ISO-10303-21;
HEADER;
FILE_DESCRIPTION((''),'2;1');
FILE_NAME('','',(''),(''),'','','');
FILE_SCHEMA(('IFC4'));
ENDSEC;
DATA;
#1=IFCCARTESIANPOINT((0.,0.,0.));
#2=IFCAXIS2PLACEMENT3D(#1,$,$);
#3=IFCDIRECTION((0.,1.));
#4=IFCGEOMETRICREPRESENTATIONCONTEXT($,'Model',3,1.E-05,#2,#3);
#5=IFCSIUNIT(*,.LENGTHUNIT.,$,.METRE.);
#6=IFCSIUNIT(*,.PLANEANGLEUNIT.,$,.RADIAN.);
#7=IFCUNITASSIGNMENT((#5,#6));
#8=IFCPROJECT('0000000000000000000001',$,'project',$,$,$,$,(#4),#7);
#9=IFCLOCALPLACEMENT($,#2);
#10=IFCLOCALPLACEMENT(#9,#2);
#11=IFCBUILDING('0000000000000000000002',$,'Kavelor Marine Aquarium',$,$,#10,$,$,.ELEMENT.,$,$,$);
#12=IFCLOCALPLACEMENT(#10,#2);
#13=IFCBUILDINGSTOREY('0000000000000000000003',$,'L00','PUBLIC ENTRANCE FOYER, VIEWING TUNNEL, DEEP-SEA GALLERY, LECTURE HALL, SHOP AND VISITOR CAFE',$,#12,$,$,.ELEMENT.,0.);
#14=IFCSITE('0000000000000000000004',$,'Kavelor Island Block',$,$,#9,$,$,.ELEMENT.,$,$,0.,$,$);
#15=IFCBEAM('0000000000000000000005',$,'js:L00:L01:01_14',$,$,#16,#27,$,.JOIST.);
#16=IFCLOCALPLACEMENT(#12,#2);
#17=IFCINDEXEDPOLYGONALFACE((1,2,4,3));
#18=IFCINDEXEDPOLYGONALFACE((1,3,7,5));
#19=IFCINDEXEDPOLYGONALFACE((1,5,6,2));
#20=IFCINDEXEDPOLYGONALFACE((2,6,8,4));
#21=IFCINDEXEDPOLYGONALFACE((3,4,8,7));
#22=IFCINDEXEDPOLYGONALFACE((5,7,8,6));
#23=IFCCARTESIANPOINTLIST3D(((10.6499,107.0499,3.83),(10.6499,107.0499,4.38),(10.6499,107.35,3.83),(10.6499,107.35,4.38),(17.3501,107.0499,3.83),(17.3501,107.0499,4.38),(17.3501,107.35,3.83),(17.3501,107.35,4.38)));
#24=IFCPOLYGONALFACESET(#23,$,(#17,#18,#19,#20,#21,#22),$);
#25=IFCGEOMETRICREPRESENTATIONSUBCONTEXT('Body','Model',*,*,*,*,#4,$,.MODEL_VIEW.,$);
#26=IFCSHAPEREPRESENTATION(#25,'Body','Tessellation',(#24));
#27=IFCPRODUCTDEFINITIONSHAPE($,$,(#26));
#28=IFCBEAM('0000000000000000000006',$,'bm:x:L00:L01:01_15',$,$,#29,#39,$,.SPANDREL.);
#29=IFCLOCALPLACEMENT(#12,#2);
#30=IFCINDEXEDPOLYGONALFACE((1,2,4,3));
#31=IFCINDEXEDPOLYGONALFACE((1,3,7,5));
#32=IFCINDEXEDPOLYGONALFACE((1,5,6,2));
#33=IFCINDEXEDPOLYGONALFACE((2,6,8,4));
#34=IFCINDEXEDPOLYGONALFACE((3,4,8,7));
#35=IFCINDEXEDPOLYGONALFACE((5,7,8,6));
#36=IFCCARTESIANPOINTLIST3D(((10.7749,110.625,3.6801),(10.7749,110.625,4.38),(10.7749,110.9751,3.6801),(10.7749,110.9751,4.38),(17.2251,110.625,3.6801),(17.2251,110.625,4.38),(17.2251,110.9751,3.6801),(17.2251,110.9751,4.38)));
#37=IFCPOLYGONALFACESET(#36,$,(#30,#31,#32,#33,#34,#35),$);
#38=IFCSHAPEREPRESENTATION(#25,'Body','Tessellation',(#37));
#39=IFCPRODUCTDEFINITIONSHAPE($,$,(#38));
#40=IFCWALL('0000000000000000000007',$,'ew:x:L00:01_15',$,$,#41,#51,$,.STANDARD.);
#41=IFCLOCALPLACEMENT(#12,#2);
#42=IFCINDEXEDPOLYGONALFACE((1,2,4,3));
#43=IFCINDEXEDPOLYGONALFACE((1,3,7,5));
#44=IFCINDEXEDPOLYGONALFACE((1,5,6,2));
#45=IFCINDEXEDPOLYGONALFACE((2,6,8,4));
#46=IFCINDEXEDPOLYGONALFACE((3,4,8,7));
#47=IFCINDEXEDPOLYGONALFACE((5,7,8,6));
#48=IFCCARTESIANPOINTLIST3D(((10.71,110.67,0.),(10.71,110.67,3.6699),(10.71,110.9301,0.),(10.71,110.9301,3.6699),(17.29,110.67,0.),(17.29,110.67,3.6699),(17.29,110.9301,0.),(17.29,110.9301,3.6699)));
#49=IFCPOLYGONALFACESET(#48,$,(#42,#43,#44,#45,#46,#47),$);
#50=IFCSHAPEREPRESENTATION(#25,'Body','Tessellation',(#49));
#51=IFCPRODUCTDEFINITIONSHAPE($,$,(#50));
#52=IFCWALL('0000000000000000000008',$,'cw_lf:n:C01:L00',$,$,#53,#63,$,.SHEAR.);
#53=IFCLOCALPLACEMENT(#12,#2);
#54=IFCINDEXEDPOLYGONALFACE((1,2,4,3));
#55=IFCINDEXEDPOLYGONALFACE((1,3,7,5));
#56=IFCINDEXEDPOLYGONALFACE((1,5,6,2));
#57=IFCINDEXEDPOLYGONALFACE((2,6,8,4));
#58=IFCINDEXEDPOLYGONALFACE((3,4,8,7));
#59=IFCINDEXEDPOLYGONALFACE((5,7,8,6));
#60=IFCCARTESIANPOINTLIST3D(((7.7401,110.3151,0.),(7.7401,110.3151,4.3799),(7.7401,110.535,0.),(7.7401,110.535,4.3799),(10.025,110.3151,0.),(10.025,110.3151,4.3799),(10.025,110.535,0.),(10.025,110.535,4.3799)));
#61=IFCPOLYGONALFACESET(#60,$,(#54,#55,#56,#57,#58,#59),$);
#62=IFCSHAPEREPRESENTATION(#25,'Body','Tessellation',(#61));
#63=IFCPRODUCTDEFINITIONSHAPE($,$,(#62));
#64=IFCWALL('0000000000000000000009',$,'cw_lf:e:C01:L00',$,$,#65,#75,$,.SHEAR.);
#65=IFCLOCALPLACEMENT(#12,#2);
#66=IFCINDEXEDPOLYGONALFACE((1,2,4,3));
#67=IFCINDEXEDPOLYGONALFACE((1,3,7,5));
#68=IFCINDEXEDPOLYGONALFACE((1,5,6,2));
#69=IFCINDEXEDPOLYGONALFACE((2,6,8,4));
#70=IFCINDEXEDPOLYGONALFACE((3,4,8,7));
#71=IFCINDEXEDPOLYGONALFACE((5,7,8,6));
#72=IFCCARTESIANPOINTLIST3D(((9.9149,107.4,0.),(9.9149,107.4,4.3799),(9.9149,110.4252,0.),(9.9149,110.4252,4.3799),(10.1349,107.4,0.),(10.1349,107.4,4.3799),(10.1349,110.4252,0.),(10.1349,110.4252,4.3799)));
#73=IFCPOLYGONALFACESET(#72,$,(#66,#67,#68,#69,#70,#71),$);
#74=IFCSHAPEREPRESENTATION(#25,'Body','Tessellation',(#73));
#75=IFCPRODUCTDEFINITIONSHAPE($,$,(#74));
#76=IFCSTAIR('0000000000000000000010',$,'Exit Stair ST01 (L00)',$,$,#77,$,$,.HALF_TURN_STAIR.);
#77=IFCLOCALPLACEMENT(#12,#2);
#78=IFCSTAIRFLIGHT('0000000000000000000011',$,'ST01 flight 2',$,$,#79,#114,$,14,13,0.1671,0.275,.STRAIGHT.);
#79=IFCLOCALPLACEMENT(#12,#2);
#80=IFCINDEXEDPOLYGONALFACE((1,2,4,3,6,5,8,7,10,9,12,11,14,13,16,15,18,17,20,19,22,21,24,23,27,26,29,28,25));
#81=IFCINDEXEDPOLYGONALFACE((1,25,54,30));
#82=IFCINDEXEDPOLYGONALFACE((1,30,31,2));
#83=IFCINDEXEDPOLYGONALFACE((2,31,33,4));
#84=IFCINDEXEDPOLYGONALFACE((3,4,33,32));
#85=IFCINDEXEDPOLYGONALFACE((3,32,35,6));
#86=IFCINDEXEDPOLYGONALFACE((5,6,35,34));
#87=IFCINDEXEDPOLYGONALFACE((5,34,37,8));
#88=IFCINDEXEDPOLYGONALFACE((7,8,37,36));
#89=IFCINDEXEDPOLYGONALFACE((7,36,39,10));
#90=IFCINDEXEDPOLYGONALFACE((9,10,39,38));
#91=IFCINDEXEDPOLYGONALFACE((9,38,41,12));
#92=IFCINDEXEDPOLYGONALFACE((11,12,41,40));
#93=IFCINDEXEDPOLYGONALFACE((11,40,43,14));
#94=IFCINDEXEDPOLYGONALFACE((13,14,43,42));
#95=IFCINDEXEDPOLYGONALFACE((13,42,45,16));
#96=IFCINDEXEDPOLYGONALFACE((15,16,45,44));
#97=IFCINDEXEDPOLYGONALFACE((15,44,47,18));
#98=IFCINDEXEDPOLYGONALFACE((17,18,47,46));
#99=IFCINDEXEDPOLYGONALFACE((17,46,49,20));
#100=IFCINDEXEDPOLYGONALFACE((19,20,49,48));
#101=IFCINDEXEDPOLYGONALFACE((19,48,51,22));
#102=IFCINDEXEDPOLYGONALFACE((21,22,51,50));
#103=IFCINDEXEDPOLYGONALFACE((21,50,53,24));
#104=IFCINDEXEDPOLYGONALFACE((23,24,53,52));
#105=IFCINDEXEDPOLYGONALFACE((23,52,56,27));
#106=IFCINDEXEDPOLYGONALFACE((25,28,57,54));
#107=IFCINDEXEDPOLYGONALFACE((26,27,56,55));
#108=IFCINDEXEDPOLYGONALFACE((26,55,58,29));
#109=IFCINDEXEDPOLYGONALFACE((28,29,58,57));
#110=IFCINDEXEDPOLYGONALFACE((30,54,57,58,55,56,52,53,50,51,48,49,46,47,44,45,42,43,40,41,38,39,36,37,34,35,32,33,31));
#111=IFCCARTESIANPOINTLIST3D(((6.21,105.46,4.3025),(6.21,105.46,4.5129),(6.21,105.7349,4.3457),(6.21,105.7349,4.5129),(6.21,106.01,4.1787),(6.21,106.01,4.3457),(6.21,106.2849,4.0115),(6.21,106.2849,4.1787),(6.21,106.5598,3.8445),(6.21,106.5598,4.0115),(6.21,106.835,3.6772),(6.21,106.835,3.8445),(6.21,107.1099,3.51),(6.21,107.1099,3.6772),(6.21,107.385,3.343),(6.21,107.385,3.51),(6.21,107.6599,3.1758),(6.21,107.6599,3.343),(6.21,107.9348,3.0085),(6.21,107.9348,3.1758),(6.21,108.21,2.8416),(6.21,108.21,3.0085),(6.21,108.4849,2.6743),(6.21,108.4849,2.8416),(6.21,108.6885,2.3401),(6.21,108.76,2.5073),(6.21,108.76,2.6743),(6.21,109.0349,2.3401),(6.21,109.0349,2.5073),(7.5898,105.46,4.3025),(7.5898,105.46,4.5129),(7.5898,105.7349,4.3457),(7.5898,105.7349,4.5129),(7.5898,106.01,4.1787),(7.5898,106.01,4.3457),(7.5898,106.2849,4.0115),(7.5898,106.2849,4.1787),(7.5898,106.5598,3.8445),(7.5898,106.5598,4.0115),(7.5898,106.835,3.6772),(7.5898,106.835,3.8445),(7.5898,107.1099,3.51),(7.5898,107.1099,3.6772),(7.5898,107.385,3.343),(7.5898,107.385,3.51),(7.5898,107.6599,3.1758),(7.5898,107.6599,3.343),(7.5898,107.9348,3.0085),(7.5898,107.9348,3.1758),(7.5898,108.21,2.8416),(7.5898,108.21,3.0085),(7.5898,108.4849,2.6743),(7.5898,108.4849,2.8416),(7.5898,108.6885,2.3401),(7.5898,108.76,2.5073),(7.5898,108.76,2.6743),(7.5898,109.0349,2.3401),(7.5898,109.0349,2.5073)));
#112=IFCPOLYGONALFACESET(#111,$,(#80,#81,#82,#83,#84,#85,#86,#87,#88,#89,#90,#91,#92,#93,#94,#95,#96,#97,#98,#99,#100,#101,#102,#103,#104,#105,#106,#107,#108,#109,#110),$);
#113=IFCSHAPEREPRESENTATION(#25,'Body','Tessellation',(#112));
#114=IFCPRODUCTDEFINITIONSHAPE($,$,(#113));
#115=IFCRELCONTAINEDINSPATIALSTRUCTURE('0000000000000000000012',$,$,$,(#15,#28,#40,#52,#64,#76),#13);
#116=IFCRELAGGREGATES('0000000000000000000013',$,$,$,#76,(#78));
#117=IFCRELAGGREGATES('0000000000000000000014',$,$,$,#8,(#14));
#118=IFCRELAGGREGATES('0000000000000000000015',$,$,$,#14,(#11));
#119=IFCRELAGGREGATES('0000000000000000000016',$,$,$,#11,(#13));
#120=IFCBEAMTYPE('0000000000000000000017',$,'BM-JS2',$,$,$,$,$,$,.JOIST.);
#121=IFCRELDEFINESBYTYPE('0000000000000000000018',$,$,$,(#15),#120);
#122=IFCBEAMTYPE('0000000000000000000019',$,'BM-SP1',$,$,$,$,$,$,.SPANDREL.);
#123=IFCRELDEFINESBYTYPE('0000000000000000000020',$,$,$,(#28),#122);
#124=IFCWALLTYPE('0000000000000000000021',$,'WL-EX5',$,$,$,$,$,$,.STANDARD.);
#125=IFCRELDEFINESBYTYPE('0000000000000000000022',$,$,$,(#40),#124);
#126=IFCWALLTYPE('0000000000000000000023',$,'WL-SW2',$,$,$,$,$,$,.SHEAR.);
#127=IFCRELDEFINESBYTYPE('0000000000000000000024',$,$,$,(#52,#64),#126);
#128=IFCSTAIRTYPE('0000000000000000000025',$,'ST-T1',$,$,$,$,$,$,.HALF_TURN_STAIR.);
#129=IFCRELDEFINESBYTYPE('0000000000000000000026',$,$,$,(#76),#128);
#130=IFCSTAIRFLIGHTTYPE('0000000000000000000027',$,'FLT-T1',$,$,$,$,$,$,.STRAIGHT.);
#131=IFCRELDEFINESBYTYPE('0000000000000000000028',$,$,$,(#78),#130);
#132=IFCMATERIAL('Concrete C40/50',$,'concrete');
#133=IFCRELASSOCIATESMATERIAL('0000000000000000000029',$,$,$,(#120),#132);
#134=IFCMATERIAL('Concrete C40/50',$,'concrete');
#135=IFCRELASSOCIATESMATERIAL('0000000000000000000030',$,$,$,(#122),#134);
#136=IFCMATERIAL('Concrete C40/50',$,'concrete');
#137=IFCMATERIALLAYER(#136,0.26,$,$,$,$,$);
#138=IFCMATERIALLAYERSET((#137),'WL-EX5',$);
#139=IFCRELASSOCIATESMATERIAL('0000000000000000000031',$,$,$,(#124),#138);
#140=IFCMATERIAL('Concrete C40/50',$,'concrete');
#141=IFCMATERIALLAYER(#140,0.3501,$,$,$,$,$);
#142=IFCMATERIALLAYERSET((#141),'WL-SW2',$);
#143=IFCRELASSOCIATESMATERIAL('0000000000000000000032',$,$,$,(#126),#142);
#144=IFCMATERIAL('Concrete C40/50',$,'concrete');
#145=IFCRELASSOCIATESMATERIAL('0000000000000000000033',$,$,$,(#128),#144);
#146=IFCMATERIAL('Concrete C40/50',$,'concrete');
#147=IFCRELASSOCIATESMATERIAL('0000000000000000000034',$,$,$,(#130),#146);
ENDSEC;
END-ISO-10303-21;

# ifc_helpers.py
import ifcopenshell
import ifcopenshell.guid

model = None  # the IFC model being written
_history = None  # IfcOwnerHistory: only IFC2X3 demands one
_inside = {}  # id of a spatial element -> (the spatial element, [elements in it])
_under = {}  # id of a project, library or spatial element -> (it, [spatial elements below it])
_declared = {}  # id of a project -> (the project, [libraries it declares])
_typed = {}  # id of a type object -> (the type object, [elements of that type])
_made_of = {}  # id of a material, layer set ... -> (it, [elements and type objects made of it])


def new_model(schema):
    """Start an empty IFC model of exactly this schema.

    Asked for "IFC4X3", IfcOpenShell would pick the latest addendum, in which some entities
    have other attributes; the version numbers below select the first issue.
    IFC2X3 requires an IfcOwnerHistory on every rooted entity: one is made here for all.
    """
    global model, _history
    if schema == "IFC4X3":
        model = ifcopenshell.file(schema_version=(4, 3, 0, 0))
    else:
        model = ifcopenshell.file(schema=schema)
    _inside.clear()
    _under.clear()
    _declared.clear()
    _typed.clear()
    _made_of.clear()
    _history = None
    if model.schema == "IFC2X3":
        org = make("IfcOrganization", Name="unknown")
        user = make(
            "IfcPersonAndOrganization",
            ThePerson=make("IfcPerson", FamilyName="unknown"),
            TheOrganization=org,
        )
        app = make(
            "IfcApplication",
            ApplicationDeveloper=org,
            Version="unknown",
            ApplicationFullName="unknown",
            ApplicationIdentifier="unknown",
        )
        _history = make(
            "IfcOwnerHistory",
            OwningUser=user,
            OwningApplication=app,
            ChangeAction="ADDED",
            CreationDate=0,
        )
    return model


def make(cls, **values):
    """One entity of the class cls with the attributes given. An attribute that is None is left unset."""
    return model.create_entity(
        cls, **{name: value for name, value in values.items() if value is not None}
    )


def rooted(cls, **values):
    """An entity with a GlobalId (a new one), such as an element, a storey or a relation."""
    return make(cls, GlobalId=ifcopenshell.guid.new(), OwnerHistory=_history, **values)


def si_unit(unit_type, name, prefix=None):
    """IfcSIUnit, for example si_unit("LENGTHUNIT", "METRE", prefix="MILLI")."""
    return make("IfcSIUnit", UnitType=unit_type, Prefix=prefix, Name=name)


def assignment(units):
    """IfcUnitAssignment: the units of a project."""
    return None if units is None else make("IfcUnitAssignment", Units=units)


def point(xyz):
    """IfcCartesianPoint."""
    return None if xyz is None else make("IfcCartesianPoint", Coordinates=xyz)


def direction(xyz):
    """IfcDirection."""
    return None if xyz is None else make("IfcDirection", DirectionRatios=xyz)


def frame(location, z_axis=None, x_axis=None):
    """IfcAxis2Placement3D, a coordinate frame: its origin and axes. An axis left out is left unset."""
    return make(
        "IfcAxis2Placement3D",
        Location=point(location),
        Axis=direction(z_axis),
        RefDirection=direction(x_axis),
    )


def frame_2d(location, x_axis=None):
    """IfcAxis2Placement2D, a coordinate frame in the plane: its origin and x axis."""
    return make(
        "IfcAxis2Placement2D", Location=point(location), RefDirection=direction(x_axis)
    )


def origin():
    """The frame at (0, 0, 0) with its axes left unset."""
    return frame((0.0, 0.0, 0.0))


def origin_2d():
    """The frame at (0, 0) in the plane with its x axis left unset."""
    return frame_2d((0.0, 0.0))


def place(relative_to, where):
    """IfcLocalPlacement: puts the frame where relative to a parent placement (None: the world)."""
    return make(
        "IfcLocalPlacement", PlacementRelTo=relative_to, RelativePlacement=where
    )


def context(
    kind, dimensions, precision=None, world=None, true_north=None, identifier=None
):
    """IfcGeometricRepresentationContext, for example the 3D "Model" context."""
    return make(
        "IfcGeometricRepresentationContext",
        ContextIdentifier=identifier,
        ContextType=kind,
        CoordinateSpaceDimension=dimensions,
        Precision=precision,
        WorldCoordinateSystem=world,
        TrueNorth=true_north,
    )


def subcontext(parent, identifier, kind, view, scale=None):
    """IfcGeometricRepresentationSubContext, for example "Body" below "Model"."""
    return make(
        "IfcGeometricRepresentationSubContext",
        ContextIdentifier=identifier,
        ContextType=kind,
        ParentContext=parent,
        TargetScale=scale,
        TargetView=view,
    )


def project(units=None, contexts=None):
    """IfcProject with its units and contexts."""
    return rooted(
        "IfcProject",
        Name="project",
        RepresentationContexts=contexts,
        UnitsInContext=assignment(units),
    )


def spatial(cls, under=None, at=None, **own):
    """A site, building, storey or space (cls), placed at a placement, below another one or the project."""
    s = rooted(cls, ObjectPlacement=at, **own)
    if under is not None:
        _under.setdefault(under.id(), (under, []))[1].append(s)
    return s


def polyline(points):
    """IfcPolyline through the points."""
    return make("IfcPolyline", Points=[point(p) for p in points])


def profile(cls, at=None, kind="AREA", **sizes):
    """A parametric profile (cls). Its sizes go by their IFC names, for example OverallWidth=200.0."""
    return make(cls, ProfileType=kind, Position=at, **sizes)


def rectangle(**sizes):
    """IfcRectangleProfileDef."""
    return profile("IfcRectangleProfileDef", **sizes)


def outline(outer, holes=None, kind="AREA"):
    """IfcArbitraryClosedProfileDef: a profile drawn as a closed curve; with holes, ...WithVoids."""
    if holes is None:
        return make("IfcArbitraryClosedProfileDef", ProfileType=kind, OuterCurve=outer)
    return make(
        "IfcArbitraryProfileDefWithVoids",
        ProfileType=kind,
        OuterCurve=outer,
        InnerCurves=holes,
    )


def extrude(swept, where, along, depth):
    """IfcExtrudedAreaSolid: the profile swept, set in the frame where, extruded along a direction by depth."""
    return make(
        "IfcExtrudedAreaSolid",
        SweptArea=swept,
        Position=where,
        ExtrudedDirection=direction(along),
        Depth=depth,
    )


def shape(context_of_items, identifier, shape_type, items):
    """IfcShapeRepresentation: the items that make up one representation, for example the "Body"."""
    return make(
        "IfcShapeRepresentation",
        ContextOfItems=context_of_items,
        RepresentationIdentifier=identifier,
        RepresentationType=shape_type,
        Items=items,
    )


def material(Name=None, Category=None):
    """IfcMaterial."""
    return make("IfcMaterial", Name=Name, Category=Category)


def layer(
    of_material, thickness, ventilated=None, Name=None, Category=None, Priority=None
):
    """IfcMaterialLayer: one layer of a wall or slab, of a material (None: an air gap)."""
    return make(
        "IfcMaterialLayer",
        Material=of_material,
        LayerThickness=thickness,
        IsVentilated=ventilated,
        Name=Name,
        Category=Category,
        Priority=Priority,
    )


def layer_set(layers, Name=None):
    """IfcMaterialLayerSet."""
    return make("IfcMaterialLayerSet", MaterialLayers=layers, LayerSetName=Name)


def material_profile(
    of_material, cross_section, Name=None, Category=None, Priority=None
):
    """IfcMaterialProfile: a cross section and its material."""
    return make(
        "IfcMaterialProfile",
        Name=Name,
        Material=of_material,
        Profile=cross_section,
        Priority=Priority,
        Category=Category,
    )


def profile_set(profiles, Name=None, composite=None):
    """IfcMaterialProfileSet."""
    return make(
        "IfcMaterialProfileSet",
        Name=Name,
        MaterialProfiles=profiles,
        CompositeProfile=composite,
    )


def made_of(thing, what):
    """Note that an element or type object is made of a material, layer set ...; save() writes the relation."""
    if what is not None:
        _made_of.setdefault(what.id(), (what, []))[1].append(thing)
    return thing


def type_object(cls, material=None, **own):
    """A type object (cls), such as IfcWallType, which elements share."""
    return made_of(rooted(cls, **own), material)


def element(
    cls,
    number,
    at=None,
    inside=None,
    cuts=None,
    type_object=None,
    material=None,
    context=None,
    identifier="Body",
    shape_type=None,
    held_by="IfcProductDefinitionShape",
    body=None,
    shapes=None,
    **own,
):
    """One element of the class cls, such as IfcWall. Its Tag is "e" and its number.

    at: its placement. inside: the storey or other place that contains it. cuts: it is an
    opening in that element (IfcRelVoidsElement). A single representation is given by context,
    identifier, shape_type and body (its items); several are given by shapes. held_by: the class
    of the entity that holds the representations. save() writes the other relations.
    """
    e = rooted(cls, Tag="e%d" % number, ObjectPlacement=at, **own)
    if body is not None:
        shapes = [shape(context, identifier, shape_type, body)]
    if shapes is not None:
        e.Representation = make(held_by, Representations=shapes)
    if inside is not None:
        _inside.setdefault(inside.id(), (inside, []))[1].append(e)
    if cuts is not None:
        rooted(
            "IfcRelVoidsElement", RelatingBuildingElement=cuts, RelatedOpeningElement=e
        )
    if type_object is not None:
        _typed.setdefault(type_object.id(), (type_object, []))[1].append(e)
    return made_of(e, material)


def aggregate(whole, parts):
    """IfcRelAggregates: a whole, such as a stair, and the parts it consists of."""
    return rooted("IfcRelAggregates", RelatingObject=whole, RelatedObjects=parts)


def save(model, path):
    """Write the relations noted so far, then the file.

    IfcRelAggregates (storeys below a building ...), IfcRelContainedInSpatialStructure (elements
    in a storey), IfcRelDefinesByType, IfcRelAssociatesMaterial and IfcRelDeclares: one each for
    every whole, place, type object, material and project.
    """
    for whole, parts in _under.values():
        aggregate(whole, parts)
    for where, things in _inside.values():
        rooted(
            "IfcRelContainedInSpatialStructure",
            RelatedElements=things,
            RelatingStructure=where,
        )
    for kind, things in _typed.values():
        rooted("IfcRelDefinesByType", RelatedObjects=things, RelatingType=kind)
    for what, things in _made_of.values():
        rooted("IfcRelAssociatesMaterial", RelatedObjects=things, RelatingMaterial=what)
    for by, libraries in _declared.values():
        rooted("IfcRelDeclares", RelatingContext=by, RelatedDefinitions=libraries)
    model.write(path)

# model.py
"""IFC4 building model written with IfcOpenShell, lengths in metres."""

from ifc_helpers import new_model, si_unit, direction, frame, frame_2d, origin, origin_2d, place, context, subcontext, project, spatial, polyline, rectangle, outline, extrude, material, layer, layer_set, material_profile, profile_set, type_object, element, aggregate, save


model = new_model("IFC4")

# Units and contexts
model_context = context("Model", 3, precision=1e-05, world=origin(), true_north=direction((0.0, 1.0)))
body_context = subcontext(model_context, "Body", "Model", "MODEL_VIEW")
ifc_project = project(units=[si_unit("LENGTHUNIT", "METRE"), si_unit("PLANEANGLEUNIT", "RADIAN")], contexts=[model_context])

# Site, building, storey
site_placement = place(None, origin())
site = spatial("IfcSite", under=ifc_project, at=site_placement, Name="Kavelor Island Block", CompositionType="ELEMENT", RefElevation=0.0)
building_placement = place(site_placement, origin())
building = spatial("IfcBuilding", under=site, at=building_placement, Name="Kavelor Marine Aquarium", CompositionType="ELEMENT")
storey_placement = place(building_placement, origin())
storey = spatial("IfcBuildingStorey", under=building, at=storey_placement, Name="L00", Description="PUBLIC ENTRANCE FOYER, VIEWING TUNNEL, DEEP-SEA GALLERY, LECTURE HALL, SHOP AND VISITOR CAFE", CompositionType="ELEMENT", Elevation=0.0)

# Beams
ifc_material_1 = material(Name="Concrete C40/50", Category="concrete")
ifc_material_profile_1 = material_profile(ifc_material_1, rectangle(XDim=0.3, YDim=0.55, at=origin_2d()), Name="RC-JS 300x550")
ifc_profile_set_1 = profile_set([ifc_material_profile_1], Name="Concrete C40/50")
beam_type_1 = type_object("IfcBeamType", Name="BM-JS2", PredefinedType="JOIST", material=ifc_profile_set_1)
beam_1_placement = place(storey_placement, frame((10.6499, 107.2, 4.105), z_axis=(1.0, 0.0, 0.0), x_axis=(0.0, 1.0, 0.0)))
element("IfcBeam", 1, at=beam_1_placement, inside=storey, type_object=beam_type_1, Name="js:L00:L01:01_14", PredefinedType="JOIST", context=body_context, shape_type="SweptSolid", body=[
    extrude(rectangle(XDim=0.3, YDim=0.55, at=origin_2d()), origin(), (0.0, 0.0, 1.0), 6.7002),
])
ifc_material_2 = material(Name="Concrete C40/50", Category="concrete")
ifc_material_profile_2 = material_profile(ifc_material_2, rectangle(XDim=0.3501, YDim=0.7, at=origin_2d()), Name="RC-SP 350x700")
ifc_profile_set_2 = profile_set([ifc_material_profile_2], Name="Concrete C40/50")
beam_type_2 = type_object("IfcBeamType", Name="BM-SP1", PredefinedType="SPANDREL", material=ifc_profile_set_2)
beam_2_placement = place(storey_placement, frame((10.7749, 110.8, 4.03), z_axis=(1.0, 0.0, 0.0), x_axis=(0.0, 1.0, 0.0)))
element("IfcBeam", 2, at=beam_2_placement, inside=storey, type_object=beam_type_2, Name="bm:x:L00:L01:01_15", PredefinedType="SPANDREL", context=body_context, shape_type="SweptSolid", body=[
    extrude(rectangle(XDim=0.3501, YDim=0.7, at=origin_2d()), origin(), (0.0, 0.0, 1.0), 6.4502),
])

# Wall
ifc_material_3 = material(Name="Concrete C40/50", Category="concrete")
ifc_layer_1 = layer(ifc_material_3, 0.26)
ifc_layer_set_1 = layer_set([ifc_layer_1], Name="WL-EX5")
wall_type_1 = type_object("IfcWallType", Name="WL-EX5", PredefinedType="STANDARD", material=ifc_layer_set_1)
wall_1_placement = place(storey_placement, frame((10.71, 110.8, 0.0), z_axis=(0.0, 0.0, 1.0), x_axis=(1.0, 0.0, 0.0)))
element("IfcWall", 3, at=wall_1_placement, inside=storey, type_object=wall_type_1, Name="ew:x:L00:01_15", PredefinedType="STANDARD", context=body_context, shape_type="SweptSolid", body=[
    extrude(rectangle(XDim=6.5801, YDim=0.26, at=frame_2d((3.29, 0.0))), origin(), (0.0, 0.0, 1.0), 3.6699),
])

# Shared definitions
ifc_material_4 = material(Name="Concrete C40/50", Category="concrete")
ifc_layer_2 = layer(ifc_material_4, 0.3501)
ifc_layer_set_2 = layer_set([ifc_layer_2], Name="WL-SW2")
wall_type_2 = type_object("IfcWallType", Name="WL-SW2", PredefinedType="SHEAR", material=ifc_layer_set_2)

# Walls
wall_2_placement = place(storey_placement, frame((7.74, 110.425, 0.0), z_axis=(0.0, 0.0, 1.0), x_axis=(1.0, 0.0, 0.0)))
element("IfcWall", 4, at=wall_2_placement, inside=storey, type_object=wall_type_2, Name="cw_lf:n:C01:L00", PredefinedType="SHEAR", context=body_context, shape_type="SweptSolid", body=[
    extrude(rectangle(XDim=2.2849, YDim=0.22, at=frame_2d((1.1426, 0.0))), origin(), (0.0, 0.0, 1.0), 4.3799),
])
wall_3_placement = place(storey_placement, frame((10.0249, 107.3999, 0.0), z_axis=(0.0, 0.0, 1.0), x_axis=(0.0, 1.0, 0.0)))
element("IfcWall", 5, at=wall_3_placement, inside=storey, type_object=wall_type_2, Name="cw_lf:e:C01:L00", PredefinedType="SHEAR", context=body_context, shape_type="SweptSolid", body=[
    extrude(rectangle(XDim=3.0251, YDim=0.22, at=frame_2d((1.5127, 0.0))), origin(), (0.0, 0.0, 1.0), 4.3799),
])

# Stair, stair flight
ifc_material_5 = material(Name="Concrete C40/50", Category="concrete")
stair_type = type_object("IfcStairType", Name="ST-T1", PredefinedType="HALF_TURN_STAIR", material=ifc_material_5)
stair_placement = place(storey_placement, origin())
stair = element("IfcStair", 6, at=stair_placement, inside=storey, type_object=stair_type, Name="Exit Stair ST01 (L00)", PredefinedType="HALF_TURN_STAIR")
ifc_material_6 = material(Name="Concrete C40/50", Category="concrete")
stair_flight_type = type_object("IfcStairFlightType", Name="FLT-T1", PredefinedType="STRAIGHT", material=ifc_material_6)
stair_flight_placement = place(storey_placement, frame((6.8999, 109.0349, 2.3401), z_axis=(0.0, 0.0, 1.0), x_axis=(0.0, -1.0, 0.0)))
stair_flight = element("IfcStairFlight", 7, at=stair_flight_placement, type_object=stair_flight_type, Name="ST01 flight 2", NumberOfRisers=14, NumberOfTreads=13, PredefinedType="STRAIGHT", RiserHeight=0.1671, TreadLength=0.275, context=body_context, shape_type="SweptSolid", body=[
    extrude(outline(polyline([(0.0, 0.0), (0.0, 0.1672), (0.2749, 0.1672), (0.2749, 0.3342), (0.55, 0.3342), (0.55, 0.5015), (0.825, 0.5015), (0.825, 0.6685), (1.1001, 0.6685), (1.1001, 0.8357), (1.375, 0.8357), (1.375, 1.0029), (1.6499, 1.0029), (1.6499, 1.1699), (1.925, 1.1699), (1.925, 1.3372), (2.2, 1.3372), (2.2, 1.5044), (2.4751, 1.5044), (2.4751, 1.6714), (2.75, 1.6714), (2.75, 1.8386), (3.0249, 1.8386), (3.0249, 2.0056), (3.3, 2.0056), (3.3, 2.1729), (3.575, 2.1729), (3.575, 2.3401), (3.575, 1.9624), (0.3464, 0.0), (0.0, 0.0)])), frame((0.0, 0.6899, 0.0), z_axis=(0.0, -1.0, 0.0), x_axis=(1.0, 0.0, 0.0)), (0.0, 0.0, 1.0), 1.3799),
])
aggregate(stair, [stair_flight])

save(model, "model.ifc")
